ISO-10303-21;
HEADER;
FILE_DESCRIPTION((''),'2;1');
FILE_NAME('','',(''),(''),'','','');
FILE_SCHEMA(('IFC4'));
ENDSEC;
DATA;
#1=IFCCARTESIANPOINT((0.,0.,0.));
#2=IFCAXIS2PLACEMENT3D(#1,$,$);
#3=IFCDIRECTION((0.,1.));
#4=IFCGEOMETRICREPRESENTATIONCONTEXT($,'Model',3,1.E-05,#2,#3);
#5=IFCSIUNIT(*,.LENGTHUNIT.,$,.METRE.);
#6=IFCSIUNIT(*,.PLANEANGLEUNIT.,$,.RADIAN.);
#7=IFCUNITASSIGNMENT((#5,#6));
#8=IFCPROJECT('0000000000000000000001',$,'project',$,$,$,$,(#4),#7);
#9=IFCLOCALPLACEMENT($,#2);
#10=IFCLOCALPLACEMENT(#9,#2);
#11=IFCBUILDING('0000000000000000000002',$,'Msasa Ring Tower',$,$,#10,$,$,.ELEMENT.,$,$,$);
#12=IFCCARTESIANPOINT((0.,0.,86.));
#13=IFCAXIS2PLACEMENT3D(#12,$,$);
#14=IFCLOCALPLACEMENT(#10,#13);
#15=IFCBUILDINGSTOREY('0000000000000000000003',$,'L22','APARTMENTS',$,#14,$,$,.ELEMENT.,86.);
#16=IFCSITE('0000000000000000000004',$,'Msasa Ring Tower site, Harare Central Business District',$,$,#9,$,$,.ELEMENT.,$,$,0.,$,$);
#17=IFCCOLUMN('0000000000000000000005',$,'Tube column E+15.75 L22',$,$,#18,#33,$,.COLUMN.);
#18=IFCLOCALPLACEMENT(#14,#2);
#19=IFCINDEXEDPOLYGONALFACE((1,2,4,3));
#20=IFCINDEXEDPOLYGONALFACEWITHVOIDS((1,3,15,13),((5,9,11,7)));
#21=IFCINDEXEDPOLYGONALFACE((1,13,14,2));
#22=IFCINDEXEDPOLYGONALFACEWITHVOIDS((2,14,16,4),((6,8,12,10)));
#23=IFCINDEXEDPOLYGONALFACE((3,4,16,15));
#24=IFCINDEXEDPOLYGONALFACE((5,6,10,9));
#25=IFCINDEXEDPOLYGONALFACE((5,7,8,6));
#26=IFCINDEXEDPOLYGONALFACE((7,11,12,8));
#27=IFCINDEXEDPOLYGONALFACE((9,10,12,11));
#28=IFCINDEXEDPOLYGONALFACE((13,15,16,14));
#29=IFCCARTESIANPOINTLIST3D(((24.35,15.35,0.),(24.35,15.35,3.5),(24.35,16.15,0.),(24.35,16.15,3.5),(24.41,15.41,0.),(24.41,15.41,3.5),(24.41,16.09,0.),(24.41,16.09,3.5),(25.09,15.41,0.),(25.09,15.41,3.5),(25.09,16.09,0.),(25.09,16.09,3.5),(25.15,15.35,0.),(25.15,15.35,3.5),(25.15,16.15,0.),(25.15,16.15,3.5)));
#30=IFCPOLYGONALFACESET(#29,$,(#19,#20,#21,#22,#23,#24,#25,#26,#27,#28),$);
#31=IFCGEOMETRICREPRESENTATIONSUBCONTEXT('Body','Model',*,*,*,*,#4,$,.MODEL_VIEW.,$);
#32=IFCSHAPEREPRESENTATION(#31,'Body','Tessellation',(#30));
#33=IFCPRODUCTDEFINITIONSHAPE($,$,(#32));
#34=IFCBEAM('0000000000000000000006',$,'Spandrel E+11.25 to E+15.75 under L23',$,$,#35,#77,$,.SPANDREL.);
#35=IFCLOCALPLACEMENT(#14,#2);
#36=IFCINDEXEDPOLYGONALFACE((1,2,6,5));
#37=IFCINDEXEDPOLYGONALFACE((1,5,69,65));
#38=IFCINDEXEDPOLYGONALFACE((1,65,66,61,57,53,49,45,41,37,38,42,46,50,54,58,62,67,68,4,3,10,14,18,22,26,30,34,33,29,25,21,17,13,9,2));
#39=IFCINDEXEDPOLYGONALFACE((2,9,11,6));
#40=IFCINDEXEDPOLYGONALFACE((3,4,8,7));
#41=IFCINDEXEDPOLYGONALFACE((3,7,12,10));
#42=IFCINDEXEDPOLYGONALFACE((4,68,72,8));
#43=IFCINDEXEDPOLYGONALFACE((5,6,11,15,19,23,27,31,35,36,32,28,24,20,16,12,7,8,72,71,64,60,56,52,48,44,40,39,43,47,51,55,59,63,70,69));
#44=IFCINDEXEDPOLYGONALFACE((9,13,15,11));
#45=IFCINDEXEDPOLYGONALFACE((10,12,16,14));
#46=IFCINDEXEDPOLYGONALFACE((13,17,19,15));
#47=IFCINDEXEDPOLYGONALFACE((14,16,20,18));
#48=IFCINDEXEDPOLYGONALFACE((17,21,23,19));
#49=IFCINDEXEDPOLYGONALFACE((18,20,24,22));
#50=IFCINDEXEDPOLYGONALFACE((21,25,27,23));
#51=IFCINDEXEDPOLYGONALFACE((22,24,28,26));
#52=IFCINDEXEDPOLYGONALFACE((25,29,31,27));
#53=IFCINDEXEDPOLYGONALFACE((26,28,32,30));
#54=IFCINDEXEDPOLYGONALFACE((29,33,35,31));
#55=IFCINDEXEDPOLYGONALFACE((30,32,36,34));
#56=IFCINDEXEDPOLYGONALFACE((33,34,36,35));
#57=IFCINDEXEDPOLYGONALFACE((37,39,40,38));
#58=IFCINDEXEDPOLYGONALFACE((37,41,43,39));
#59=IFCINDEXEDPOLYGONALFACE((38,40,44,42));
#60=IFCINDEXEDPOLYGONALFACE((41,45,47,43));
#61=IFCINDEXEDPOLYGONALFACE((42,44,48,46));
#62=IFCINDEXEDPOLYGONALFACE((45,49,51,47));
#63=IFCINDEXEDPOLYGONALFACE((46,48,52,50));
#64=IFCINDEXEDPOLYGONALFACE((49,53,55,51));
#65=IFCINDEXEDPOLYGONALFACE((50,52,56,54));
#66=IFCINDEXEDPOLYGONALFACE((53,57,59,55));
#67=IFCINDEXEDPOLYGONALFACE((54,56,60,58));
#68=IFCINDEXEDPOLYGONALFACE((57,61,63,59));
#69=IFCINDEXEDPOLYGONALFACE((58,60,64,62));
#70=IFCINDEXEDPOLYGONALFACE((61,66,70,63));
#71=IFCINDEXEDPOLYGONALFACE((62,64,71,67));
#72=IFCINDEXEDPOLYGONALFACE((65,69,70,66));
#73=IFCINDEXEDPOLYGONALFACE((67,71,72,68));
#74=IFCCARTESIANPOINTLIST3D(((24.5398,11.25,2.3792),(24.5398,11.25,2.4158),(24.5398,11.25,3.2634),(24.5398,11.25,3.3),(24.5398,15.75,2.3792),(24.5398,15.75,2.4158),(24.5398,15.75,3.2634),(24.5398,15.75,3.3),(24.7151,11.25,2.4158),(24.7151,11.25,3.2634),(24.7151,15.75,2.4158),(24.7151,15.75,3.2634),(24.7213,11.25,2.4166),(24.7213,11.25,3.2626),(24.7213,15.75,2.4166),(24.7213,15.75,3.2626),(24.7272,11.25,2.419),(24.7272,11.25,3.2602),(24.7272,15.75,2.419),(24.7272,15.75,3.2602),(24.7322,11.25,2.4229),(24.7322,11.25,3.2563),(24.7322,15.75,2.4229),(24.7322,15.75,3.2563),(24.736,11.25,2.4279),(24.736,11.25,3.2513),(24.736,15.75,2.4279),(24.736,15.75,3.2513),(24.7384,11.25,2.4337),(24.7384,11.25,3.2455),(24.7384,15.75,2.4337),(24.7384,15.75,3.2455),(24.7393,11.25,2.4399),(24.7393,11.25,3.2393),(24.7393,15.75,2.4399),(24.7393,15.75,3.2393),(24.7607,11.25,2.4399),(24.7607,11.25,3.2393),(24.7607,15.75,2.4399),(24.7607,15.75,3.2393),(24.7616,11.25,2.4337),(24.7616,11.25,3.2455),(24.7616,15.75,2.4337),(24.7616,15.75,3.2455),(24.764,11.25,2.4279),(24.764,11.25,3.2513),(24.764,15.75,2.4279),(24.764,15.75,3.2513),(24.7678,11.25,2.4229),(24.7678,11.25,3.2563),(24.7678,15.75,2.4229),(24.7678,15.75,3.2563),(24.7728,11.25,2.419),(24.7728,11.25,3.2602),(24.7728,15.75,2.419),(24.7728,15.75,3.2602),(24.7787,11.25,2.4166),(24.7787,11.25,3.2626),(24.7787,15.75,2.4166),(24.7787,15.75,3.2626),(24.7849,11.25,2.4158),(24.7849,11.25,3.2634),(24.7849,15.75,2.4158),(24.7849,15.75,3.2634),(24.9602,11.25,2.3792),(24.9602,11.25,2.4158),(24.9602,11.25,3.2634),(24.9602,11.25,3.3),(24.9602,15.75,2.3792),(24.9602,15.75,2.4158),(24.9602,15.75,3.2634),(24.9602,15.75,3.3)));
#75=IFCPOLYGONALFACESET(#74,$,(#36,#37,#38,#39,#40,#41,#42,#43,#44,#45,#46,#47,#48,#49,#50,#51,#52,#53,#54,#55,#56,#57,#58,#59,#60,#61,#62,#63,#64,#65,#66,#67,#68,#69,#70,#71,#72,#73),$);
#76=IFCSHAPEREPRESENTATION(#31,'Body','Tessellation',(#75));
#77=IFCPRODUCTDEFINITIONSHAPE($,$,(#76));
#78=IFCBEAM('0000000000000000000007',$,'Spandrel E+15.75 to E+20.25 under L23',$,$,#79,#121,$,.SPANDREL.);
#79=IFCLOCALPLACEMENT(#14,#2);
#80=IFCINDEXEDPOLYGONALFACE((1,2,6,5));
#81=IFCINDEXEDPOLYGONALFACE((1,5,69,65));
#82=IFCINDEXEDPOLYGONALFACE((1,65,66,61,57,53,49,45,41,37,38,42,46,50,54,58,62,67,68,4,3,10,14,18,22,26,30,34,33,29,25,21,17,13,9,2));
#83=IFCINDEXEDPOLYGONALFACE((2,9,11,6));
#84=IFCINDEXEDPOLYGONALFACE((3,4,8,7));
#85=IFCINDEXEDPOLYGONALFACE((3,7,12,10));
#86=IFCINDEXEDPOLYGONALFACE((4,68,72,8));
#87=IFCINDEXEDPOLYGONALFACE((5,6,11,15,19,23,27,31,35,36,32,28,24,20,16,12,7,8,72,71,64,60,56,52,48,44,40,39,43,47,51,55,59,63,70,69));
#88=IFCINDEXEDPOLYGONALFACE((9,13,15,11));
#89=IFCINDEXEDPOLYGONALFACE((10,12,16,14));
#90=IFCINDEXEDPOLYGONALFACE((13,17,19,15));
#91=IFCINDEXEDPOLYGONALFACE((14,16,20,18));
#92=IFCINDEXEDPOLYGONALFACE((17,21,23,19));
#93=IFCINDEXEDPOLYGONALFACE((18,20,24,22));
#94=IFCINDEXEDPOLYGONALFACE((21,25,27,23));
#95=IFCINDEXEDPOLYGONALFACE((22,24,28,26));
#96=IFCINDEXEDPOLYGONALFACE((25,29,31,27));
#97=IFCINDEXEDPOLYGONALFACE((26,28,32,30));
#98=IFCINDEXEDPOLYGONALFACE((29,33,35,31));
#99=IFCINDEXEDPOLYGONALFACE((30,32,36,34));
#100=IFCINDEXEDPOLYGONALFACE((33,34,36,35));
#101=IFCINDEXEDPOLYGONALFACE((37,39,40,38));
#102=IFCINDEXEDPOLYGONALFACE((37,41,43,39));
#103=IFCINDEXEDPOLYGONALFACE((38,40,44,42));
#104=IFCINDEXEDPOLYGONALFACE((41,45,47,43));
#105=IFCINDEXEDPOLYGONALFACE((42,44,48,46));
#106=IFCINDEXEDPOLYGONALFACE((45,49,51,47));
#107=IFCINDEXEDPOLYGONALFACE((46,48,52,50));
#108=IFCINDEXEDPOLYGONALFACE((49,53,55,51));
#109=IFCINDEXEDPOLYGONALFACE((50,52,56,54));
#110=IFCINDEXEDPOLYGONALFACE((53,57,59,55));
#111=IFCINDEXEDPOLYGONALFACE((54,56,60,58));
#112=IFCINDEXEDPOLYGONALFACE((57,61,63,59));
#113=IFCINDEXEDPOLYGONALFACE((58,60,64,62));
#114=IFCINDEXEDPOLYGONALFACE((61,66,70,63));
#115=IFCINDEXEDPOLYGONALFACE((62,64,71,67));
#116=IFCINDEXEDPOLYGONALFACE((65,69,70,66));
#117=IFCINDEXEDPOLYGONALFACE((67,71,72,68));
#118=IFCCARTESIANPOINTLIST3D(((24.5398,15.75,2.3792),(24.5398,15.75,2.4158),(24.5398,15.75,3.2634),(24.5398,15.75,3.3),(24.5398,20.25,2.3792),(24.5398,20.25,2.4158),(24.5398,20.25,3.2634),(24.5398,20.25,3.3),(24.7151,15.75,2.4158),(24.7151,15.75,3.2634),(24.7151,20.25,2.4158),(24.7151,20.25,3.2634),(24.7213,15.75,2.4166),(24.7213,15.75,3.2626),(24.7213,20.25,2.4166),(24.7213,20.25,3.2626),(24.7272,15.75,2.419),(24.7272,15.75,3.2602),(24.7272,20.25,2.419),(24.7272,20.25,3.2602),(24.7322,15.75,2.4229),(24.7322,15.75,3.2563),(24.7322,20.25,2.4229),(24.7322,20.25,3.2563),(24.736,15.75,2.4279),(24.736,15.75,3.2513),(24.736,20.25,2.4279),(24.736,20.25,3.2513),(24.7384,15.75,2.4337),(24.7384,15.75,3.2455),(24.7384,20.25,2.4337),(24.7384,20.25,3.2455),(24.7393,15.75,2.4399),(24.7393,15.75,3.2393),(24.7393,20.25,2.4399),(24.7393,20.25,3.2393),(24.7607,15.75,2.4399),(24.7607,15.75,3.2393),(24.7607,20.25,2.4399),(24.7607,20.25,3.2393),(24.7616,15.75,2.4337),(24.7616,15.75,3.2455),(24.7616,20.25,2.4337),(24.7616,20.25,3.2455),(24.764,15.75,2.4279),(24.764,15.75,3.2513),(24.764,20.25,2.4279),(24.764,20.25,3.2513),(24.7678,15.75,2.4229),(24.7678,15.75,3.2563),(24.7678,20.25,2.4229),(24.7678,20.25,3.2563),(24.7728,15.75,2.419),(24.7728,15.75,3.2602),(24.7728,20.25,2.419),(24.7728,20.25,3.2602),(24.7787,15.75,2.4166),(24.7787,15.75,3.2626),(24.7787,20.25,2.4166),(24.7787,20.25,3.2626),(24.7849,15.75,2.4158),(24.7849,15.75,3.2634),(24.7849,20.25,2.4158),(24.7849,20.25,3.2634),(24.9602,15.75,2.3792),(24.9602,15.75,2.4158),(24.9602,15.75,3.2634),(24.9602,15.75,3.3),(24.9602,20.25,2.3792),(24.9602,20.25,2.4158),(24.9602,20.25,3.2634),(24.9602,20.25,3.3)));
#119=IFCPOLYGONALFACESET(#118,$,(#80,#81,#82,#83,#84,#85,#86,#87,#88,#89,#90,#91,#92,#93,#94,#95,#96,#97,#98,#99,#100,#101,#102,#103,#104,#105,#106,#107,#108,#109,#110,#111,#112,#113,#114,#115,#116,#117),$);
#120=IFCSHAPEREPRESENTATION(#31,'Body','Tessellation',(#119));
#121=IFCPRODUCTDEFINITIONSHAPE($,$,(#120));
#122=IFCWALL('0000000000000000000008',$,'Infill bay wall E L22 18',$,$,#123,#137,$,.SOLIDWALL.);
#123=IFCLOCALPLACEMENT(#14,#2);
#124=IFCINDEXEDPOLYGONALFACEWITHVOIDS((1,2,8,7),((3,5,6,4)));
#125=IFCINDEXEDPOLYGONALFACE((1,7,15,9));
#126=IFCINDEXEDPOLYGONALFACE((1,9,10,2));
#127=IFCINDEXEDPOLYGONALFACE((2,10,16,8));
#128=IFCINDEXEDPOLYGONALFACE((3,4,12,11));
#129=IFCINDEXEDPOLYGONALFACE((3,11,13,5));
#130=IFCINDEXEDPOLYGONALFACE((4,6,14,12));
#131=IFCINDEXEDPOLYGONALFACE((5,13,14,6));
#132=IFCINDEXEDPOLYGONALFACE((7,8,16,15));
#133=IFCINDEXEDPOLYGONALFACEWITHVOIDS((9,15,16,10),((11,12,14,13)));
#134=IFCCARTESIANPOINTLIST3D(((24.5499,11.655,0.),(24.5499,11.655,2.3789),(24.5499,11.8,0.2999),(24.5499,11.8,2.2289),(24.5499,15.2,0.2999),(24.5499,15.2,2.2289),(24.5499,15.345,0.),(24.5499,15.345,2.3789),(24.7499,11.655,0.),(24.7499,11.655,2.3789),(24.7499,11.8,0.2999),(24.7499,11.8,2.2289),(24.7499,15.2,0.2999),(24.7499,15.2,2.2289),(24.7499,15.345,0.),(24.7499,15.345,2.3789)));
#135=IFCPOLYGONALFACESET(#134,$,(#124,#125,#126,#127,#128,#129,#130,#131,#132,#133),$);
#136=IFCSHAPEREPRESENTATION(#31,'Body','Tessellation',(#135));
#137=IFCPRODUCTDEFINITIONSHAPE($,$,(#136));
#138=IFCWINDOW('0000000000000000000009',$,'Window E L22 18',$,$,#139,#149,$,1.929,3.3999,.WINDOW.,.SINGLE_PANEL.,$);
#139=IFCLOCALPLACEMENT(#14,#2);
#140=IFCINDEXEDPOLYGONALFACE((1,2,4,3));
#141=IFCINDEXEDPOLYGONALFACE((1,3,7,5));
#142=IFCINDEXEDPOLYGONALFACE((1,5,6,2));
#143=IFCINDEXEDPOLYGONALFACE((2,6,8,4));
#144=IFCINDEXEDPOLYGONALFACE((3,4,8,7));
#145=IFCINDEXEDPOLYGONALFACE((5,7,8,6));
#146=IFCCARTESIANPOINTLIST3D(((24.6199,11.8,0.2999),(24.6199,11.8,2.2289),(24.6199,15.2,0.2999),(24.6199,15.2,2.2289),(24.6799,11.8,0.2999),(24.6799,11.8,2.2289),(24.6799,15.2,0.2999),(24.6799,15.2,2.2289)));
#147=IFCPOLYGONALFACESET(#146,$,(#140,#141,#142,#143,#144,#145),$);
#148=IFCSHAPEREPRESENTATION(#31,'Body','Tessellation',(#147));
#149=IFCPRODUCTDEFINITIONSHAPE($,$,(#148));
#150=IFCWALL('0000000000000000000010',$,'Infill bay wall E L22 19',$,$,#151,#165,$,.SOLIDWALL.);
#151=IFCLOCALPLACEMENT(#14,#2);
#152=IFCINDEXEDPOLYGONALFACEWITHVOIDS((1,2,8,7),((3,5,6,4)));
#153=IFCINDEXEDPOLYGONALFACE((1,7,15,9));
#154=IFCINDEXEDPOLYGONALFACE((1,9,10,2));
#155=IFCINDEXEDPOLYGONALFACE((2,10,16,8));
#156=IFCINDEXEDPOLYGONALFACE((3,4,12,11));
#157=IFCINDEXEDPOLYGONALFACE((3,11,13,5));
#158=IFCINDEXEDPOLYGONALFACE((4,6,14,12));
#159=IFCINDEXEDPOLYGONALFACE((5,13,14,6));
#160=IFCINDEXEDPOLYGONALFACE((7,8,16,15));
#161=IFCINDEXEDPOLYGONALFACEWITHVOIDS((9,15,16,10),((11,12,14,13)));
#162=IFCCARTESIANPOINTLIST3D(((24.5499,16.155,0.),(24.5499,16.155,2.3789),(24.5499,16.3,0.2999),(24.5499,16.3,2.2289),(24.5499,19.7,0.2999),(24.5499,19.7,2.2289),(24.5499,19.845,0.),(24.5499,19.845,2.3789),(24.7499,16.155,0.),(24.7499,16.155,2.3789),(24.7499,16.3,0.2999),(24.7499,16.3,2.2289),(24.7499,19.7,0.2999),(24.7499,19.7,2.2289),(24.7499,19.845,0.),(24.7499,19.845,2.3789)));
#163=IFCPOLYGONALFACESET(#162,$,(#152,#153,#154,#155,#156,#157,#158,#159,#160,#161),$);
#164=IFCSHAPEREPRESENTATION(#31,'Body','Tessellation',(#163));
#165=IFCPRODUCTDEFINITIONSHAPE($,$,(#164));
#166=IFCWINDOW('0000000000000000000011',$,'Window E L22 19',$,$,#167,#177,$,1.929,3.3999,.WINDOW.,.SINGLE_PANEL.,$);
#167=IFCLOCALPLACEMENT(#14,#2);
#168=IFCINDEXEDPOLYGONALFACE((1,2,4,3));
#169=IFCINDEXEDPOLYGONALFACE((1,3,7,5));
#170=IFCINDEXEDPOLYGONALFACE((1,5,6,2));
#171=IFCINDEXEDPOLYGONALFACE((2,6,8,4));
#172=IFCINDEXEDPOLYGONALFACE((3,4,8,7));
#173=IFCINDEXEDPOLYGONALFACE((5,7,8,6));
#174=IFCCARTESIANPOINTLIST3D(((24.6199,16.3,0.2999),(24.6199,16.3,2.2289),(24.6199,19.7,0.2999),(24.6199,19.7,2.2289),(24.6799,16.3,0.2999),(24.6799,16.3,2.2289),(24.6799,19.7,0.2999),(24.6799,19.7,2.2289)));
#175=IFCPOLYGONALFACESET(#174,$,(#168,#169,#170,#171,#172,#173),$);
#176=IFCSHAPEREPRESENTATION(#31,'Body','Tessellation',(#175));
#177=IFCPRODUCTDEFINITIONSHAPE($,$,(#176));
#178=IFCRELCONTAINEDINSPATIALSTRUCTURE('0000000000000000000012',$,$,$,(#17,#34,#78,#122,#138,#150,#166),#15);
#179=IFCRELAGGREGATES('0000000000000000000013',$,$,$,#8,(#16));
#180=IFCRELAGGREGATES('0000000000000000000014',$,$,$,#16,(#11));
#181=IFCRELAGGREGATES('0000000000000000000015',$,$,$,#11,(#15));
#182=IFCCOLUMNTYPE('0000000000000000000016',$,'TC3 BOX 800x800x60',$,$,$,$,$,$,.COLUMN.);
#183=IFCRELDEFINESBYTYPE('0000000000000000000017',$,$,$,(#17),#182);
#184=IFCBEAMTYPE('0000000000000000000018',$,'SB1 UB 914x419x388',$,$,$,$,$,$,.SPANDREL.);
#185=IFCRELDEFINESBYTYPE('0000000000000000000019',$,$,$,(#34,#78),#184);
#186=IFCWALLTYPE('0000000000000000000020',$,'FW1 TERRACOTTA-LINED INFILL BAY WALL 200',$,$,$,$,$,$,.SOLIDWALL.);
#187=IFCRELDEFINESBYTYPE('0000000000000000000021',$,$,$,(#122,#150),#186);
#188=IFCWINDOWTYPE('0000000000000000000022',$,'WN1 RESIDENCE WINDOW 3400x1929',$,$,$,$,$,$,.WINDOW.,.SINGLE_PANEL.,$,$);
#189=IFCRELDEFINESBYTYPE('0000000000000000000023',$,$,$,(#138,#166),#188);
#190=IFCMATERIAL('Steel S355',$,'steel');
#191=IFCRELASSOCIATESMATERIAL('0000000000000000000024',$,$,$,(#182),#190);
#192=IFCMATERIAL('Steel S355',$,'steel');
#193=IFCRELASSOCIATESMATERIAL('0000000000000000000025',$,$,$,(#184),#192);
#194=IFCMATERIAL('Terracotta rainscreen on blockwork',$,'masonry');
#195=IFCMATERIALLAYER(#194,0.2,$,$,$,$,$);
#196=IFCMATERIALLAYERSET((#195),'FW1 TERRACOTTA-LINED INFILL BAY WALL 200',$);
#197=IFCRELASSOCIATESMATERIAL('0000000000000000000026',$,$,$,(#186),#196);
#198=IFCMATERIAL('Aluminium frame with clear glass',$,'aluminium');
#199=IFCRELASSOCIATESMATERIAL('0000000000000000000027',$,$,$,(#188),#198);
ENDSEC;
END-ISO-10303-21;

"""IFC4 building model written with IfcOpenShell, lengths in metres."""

from ifc_helpers import new_model, si_unit, direction, frame, frame_2d, origin, origin_2d, place, context, subcontext, project, spatial, rectangle, hollow_rectangle, i_section, extrude, material, layer, layer_set, material_profile, profile_set, type_object, element, fill, save


model = new_model("IFC4")

# Units and contexts
model_context = context("Model", 3, precision=1e-05, world=origin(), true_north=direction((0.0, 1.0)))
body_context = subcontext(model_context, "Body", "Model", "MODEL_VIEW")
ifc_project = project(units=[si_unit("LENGTHUNIT", "METRE"), si_unit("PLANEANGLEUNIT", "RADIAN")], contexts=[model_context])

# Site, building, storey
site_placement = place(None, origin())
site = spatial("IfcSite", under=ifc_project, at=site_placement, Name="Msasa Ring Tower site, Harare Central Business District", CompositionType="ELEMENT", RefElevation=0.0)
building_placement = place(site_placement, origin())
building = spatial("IfcBuilding", under=site, at=building_placement, Name="Msasa Ring Tower", CompositionType="ELEMENT")
storey_placement = place(building_placement, frame((0.0, 0.0, 86.0)))
storey = spatial("IfcBuildingStorey", under=building, at=storey_placement, Name="L22", Description="APARTMENTS", CompositionType="ELEMENT", Elevation=86.0)

# Column
ifc_material_1 = material(Name="Steel S355", Category="steel")
ifc_material_profile_1 = material_profile(ifc_material_1, hollow_rectangle(XDim=0.8, YDim=0.8, WallThickness=0.0601, at=origin_2d()), Name="BOX 800x800x60")
ifc_profile_set_1 = profile_set([ifc_material_profile_1], Name="Steel S355")
column_type = type_object("IfcColumnType", Name="TC3 BOX 800x800x60", PredefinedType="COLUMN", material=ifc_profile_set_1)
column_placement = place(storey_placement, frame((24.75, 15.75, 0.0), z_axis=(0.0, 0.0, 1.0), x_axis=(1.0, 0.0, 0.0)))
element("IfcColumn", 1, at=column_placement, inside=storey, type_object=column_type, Name="Tube column E+15.75 L22", PredefinedType="COLUMN", context=body_context, shape_type="SweptSolid", body=[
    extrude(hollow_rectangle(XDim=0.8, YDim=0.8, WallThickness=0.0601, at=origin_2d()), origin(), (0.0, 0.0, 1.0), 3.5),
])

# Beams
ifc_material_2 = material(Name="Steel S355", Category="steel")
ifc_material_profile_2 = material_profile(ifc_material_2, i_section(OverallWidth=0.4204, OverallDepth=0.9209, WebThickness=0.0215, FlangeThickness=0.0366, FilletRadius=0.0242, at=origin_2d()), Name="UB 914x419x388")
ifc_profile_set_2 = profile_set([ifc_material_profile_2], Name="Steel S355")
beam_type = type_object("IfcBeamType", Name="SB1 UB 914x419x388", PredefinedType="SPANDREL", material=ifc_profile_set_2)
for number, where, z_axis, x_axis, name in (
    (2, (24.75, 11.25, 2.8396), (0.0, 1.0, 0.0), (-1.0, 0.0, 0.0), "Spandrel E+11.25 to E+15.75 under L23"),
    (3, (24.75, 15.75, 2.8396), (0.0, 1.0, 0.0), (-1.0, 0.0, 0.0), "Spandrel E+15.75 to E+20.25 under L23"),
):
    element("IfcBeam", number, at=place(storey_placement, frame(where, z_axis=z_axis, x_axis=x_axis)), inside=storey, type_object=beam_type, Name=name, PredefinedType="SPANDREL", context=body_context, shape_type="SweptSolid", body=[
        extrude(i_section(OverallWidth=0.4204, OverallDepth=0.9209, WebThickness=0.0215, FlangeThickness=0.0366, FilletRadius=0.0242, at=origin_2d()), origin(), (0.0, 0.0, 1.0), 4.5),
    ])

# Walls, openings, windows
ifc_material_3 = material(Name="Terracotta rainscreen on blockwork", Category="masonry")
ifc_layer_1 = layer(ifc_material_3, 0.2)
ifc_layer_set_1 = layer_set([ifc_layer_1], Name="FW1 TERRACOTTA-LINED INFILL BAY WALL 200")
wall_type_1 = type_object("IfcWallType", Name="FW1 TERRACOTTA-LINED INFILL BAY WALL 200", PredefinedType="SOLIDWALL", material=ifc_layer_set_1)
wall_1_placement = place(storey_placement, frame((24.6499, 11.655, 0.0), z_axis=(0.0, 0.0, 1.0), x_axis=(0.0, 1.0, 0.0)))
wall_1 = element("IfcWall", 4, at=wall_1_placement, inside=storey, type_object=wall_type_1, Name="Infill bay wall E L22 18", PredefinedType="SOLIDWALL", context=body_context, shape_type="SweptSolid", body=[
    extrude(rectangle(XDim=3.6899, YDim=0.2, at=frame_2d((1.845, 0.0))), origin(), (0.0, 0.0, 1.0), 2.3789),
])
opening_1_placement = place(wall_1_placement, frame((0.145, 0.0, 0.3)))
opening_1 = element("IfcOpeningElement", 5, at=opening_1_placement, cuts=wall_1, PredefinedType="OPENING", context=body_context, shape_type="SweptSolid", body=[
    extrude(rectangle(XDim=3.3999, YDim=1.929, at=frame_2d((1.7, 0.9644))), frame((0.0, 0.1099, 0.0), z_axis=(0.0, -1.0, 0.0), x_axis=(1.0, 0.0, 0.0)), (0.0, 0.0, 1.0), 0.22),
])
ifc_material_4 = material(Name="Aluminium frame with clear glass", Category="aluminium")
window_type = type_object("IfcWindowType", Name="WN1 RESIDENCE WINDOW 3400x1929", PartitioningType="SINGLE_PANEL", PredefinedType="WINDOW", material=ifc_material_4)
window_1_placement = place(opening_1_placement, origin())
window_1 = element("IfcWindow", 6, at=window_1_placement, inside=storey, type_object=window_type, Name="Window E L22 18", OverallHeight=1.929, OverallWidth=3.3999, PartitioningType="SINGLE_PANEL", PredefinedType="WINDOW", context=body_context, shape_type="SweptSolid", body=[
    extrude(rectangle(XDim=3.3999, YDim=1.929, at=frame_2d((1.7, 0.9644))), frame((0.0, 0.03, 0.0), z_axis=(0.0, -1.0, 0.0), x_axis=(1.0, 0.0, 0.0)), (0.0, 0.0, 1.0), 0.0601),
])
fill(opening_1, window_1)
wall_2_placement = place(storey_placement, frame((24.6499, 16.155, 0.0), z_axis=(0.0, 0.0, 1.0), x_axis=(0.0, 1.0, 0.0)))
wall_2 = element("IfcWall", 7, at=wall_2_placement, inside=storey, type_object=wall_type_1, Name="Infill bay wall E L22 19", PredefinedType="SOLIDWALL", context=body_context, shape_type="SweptSolid", body=[
    extrude(rectangle(XDim=3.6899, YDim=0.2, at=frame_2d((1.845, 0.0))), origin(), (0.0, 0.0, 1.0), 2.3789),
])
opening_2_placement = place(wall_2_placement, frame((0.145, 0.0, 0.3)))
opening_2 = element("IfcOpeningElement", 8, at=opening_2_placement, cuts=wall_2, PredefinedType="OPENING", context=body_context, shape_type="SweptSolid", body=[
    extrude(rectangle(XDim=3.3999, YDim=1.929, at=frame_2d((1.7, 0.9644))), frame((0.0, 0.1099, 0.0), z_axis=(0.0, -1.0, 0.0), x_axis=(1.0, 0.0, 0.0)), (0.0, 0.0, 1.0), 0.22),
])
window_2_placement = place(opening_2_placement, origin())
window_2 = element("IfcWindow", 9, at=window_2_placement, inside=storey, type_object=window_type, Name="Window E L22 19", OverallHeight=1.929, OverallWidth=3.3999, PartitioningType="SINGLE_PANEL", PredefinedType="WINDOW", context=body_context, shape_type="SweptSolid", body=[
    extrude(rectangle(XDim=3.3999, YDim=1.929, at=frame_2d((1.7, 0.9644))), frame((0.0, 0.03, 0.0), z_axis=(0.0, -1.0, 0.0), x_axis=(1.0, 0.0, 0.0)), (0.0, 0.0, 1.0), 0.0601),
])
fill(opening_2, window_2)

save(model, "model.ifc")
